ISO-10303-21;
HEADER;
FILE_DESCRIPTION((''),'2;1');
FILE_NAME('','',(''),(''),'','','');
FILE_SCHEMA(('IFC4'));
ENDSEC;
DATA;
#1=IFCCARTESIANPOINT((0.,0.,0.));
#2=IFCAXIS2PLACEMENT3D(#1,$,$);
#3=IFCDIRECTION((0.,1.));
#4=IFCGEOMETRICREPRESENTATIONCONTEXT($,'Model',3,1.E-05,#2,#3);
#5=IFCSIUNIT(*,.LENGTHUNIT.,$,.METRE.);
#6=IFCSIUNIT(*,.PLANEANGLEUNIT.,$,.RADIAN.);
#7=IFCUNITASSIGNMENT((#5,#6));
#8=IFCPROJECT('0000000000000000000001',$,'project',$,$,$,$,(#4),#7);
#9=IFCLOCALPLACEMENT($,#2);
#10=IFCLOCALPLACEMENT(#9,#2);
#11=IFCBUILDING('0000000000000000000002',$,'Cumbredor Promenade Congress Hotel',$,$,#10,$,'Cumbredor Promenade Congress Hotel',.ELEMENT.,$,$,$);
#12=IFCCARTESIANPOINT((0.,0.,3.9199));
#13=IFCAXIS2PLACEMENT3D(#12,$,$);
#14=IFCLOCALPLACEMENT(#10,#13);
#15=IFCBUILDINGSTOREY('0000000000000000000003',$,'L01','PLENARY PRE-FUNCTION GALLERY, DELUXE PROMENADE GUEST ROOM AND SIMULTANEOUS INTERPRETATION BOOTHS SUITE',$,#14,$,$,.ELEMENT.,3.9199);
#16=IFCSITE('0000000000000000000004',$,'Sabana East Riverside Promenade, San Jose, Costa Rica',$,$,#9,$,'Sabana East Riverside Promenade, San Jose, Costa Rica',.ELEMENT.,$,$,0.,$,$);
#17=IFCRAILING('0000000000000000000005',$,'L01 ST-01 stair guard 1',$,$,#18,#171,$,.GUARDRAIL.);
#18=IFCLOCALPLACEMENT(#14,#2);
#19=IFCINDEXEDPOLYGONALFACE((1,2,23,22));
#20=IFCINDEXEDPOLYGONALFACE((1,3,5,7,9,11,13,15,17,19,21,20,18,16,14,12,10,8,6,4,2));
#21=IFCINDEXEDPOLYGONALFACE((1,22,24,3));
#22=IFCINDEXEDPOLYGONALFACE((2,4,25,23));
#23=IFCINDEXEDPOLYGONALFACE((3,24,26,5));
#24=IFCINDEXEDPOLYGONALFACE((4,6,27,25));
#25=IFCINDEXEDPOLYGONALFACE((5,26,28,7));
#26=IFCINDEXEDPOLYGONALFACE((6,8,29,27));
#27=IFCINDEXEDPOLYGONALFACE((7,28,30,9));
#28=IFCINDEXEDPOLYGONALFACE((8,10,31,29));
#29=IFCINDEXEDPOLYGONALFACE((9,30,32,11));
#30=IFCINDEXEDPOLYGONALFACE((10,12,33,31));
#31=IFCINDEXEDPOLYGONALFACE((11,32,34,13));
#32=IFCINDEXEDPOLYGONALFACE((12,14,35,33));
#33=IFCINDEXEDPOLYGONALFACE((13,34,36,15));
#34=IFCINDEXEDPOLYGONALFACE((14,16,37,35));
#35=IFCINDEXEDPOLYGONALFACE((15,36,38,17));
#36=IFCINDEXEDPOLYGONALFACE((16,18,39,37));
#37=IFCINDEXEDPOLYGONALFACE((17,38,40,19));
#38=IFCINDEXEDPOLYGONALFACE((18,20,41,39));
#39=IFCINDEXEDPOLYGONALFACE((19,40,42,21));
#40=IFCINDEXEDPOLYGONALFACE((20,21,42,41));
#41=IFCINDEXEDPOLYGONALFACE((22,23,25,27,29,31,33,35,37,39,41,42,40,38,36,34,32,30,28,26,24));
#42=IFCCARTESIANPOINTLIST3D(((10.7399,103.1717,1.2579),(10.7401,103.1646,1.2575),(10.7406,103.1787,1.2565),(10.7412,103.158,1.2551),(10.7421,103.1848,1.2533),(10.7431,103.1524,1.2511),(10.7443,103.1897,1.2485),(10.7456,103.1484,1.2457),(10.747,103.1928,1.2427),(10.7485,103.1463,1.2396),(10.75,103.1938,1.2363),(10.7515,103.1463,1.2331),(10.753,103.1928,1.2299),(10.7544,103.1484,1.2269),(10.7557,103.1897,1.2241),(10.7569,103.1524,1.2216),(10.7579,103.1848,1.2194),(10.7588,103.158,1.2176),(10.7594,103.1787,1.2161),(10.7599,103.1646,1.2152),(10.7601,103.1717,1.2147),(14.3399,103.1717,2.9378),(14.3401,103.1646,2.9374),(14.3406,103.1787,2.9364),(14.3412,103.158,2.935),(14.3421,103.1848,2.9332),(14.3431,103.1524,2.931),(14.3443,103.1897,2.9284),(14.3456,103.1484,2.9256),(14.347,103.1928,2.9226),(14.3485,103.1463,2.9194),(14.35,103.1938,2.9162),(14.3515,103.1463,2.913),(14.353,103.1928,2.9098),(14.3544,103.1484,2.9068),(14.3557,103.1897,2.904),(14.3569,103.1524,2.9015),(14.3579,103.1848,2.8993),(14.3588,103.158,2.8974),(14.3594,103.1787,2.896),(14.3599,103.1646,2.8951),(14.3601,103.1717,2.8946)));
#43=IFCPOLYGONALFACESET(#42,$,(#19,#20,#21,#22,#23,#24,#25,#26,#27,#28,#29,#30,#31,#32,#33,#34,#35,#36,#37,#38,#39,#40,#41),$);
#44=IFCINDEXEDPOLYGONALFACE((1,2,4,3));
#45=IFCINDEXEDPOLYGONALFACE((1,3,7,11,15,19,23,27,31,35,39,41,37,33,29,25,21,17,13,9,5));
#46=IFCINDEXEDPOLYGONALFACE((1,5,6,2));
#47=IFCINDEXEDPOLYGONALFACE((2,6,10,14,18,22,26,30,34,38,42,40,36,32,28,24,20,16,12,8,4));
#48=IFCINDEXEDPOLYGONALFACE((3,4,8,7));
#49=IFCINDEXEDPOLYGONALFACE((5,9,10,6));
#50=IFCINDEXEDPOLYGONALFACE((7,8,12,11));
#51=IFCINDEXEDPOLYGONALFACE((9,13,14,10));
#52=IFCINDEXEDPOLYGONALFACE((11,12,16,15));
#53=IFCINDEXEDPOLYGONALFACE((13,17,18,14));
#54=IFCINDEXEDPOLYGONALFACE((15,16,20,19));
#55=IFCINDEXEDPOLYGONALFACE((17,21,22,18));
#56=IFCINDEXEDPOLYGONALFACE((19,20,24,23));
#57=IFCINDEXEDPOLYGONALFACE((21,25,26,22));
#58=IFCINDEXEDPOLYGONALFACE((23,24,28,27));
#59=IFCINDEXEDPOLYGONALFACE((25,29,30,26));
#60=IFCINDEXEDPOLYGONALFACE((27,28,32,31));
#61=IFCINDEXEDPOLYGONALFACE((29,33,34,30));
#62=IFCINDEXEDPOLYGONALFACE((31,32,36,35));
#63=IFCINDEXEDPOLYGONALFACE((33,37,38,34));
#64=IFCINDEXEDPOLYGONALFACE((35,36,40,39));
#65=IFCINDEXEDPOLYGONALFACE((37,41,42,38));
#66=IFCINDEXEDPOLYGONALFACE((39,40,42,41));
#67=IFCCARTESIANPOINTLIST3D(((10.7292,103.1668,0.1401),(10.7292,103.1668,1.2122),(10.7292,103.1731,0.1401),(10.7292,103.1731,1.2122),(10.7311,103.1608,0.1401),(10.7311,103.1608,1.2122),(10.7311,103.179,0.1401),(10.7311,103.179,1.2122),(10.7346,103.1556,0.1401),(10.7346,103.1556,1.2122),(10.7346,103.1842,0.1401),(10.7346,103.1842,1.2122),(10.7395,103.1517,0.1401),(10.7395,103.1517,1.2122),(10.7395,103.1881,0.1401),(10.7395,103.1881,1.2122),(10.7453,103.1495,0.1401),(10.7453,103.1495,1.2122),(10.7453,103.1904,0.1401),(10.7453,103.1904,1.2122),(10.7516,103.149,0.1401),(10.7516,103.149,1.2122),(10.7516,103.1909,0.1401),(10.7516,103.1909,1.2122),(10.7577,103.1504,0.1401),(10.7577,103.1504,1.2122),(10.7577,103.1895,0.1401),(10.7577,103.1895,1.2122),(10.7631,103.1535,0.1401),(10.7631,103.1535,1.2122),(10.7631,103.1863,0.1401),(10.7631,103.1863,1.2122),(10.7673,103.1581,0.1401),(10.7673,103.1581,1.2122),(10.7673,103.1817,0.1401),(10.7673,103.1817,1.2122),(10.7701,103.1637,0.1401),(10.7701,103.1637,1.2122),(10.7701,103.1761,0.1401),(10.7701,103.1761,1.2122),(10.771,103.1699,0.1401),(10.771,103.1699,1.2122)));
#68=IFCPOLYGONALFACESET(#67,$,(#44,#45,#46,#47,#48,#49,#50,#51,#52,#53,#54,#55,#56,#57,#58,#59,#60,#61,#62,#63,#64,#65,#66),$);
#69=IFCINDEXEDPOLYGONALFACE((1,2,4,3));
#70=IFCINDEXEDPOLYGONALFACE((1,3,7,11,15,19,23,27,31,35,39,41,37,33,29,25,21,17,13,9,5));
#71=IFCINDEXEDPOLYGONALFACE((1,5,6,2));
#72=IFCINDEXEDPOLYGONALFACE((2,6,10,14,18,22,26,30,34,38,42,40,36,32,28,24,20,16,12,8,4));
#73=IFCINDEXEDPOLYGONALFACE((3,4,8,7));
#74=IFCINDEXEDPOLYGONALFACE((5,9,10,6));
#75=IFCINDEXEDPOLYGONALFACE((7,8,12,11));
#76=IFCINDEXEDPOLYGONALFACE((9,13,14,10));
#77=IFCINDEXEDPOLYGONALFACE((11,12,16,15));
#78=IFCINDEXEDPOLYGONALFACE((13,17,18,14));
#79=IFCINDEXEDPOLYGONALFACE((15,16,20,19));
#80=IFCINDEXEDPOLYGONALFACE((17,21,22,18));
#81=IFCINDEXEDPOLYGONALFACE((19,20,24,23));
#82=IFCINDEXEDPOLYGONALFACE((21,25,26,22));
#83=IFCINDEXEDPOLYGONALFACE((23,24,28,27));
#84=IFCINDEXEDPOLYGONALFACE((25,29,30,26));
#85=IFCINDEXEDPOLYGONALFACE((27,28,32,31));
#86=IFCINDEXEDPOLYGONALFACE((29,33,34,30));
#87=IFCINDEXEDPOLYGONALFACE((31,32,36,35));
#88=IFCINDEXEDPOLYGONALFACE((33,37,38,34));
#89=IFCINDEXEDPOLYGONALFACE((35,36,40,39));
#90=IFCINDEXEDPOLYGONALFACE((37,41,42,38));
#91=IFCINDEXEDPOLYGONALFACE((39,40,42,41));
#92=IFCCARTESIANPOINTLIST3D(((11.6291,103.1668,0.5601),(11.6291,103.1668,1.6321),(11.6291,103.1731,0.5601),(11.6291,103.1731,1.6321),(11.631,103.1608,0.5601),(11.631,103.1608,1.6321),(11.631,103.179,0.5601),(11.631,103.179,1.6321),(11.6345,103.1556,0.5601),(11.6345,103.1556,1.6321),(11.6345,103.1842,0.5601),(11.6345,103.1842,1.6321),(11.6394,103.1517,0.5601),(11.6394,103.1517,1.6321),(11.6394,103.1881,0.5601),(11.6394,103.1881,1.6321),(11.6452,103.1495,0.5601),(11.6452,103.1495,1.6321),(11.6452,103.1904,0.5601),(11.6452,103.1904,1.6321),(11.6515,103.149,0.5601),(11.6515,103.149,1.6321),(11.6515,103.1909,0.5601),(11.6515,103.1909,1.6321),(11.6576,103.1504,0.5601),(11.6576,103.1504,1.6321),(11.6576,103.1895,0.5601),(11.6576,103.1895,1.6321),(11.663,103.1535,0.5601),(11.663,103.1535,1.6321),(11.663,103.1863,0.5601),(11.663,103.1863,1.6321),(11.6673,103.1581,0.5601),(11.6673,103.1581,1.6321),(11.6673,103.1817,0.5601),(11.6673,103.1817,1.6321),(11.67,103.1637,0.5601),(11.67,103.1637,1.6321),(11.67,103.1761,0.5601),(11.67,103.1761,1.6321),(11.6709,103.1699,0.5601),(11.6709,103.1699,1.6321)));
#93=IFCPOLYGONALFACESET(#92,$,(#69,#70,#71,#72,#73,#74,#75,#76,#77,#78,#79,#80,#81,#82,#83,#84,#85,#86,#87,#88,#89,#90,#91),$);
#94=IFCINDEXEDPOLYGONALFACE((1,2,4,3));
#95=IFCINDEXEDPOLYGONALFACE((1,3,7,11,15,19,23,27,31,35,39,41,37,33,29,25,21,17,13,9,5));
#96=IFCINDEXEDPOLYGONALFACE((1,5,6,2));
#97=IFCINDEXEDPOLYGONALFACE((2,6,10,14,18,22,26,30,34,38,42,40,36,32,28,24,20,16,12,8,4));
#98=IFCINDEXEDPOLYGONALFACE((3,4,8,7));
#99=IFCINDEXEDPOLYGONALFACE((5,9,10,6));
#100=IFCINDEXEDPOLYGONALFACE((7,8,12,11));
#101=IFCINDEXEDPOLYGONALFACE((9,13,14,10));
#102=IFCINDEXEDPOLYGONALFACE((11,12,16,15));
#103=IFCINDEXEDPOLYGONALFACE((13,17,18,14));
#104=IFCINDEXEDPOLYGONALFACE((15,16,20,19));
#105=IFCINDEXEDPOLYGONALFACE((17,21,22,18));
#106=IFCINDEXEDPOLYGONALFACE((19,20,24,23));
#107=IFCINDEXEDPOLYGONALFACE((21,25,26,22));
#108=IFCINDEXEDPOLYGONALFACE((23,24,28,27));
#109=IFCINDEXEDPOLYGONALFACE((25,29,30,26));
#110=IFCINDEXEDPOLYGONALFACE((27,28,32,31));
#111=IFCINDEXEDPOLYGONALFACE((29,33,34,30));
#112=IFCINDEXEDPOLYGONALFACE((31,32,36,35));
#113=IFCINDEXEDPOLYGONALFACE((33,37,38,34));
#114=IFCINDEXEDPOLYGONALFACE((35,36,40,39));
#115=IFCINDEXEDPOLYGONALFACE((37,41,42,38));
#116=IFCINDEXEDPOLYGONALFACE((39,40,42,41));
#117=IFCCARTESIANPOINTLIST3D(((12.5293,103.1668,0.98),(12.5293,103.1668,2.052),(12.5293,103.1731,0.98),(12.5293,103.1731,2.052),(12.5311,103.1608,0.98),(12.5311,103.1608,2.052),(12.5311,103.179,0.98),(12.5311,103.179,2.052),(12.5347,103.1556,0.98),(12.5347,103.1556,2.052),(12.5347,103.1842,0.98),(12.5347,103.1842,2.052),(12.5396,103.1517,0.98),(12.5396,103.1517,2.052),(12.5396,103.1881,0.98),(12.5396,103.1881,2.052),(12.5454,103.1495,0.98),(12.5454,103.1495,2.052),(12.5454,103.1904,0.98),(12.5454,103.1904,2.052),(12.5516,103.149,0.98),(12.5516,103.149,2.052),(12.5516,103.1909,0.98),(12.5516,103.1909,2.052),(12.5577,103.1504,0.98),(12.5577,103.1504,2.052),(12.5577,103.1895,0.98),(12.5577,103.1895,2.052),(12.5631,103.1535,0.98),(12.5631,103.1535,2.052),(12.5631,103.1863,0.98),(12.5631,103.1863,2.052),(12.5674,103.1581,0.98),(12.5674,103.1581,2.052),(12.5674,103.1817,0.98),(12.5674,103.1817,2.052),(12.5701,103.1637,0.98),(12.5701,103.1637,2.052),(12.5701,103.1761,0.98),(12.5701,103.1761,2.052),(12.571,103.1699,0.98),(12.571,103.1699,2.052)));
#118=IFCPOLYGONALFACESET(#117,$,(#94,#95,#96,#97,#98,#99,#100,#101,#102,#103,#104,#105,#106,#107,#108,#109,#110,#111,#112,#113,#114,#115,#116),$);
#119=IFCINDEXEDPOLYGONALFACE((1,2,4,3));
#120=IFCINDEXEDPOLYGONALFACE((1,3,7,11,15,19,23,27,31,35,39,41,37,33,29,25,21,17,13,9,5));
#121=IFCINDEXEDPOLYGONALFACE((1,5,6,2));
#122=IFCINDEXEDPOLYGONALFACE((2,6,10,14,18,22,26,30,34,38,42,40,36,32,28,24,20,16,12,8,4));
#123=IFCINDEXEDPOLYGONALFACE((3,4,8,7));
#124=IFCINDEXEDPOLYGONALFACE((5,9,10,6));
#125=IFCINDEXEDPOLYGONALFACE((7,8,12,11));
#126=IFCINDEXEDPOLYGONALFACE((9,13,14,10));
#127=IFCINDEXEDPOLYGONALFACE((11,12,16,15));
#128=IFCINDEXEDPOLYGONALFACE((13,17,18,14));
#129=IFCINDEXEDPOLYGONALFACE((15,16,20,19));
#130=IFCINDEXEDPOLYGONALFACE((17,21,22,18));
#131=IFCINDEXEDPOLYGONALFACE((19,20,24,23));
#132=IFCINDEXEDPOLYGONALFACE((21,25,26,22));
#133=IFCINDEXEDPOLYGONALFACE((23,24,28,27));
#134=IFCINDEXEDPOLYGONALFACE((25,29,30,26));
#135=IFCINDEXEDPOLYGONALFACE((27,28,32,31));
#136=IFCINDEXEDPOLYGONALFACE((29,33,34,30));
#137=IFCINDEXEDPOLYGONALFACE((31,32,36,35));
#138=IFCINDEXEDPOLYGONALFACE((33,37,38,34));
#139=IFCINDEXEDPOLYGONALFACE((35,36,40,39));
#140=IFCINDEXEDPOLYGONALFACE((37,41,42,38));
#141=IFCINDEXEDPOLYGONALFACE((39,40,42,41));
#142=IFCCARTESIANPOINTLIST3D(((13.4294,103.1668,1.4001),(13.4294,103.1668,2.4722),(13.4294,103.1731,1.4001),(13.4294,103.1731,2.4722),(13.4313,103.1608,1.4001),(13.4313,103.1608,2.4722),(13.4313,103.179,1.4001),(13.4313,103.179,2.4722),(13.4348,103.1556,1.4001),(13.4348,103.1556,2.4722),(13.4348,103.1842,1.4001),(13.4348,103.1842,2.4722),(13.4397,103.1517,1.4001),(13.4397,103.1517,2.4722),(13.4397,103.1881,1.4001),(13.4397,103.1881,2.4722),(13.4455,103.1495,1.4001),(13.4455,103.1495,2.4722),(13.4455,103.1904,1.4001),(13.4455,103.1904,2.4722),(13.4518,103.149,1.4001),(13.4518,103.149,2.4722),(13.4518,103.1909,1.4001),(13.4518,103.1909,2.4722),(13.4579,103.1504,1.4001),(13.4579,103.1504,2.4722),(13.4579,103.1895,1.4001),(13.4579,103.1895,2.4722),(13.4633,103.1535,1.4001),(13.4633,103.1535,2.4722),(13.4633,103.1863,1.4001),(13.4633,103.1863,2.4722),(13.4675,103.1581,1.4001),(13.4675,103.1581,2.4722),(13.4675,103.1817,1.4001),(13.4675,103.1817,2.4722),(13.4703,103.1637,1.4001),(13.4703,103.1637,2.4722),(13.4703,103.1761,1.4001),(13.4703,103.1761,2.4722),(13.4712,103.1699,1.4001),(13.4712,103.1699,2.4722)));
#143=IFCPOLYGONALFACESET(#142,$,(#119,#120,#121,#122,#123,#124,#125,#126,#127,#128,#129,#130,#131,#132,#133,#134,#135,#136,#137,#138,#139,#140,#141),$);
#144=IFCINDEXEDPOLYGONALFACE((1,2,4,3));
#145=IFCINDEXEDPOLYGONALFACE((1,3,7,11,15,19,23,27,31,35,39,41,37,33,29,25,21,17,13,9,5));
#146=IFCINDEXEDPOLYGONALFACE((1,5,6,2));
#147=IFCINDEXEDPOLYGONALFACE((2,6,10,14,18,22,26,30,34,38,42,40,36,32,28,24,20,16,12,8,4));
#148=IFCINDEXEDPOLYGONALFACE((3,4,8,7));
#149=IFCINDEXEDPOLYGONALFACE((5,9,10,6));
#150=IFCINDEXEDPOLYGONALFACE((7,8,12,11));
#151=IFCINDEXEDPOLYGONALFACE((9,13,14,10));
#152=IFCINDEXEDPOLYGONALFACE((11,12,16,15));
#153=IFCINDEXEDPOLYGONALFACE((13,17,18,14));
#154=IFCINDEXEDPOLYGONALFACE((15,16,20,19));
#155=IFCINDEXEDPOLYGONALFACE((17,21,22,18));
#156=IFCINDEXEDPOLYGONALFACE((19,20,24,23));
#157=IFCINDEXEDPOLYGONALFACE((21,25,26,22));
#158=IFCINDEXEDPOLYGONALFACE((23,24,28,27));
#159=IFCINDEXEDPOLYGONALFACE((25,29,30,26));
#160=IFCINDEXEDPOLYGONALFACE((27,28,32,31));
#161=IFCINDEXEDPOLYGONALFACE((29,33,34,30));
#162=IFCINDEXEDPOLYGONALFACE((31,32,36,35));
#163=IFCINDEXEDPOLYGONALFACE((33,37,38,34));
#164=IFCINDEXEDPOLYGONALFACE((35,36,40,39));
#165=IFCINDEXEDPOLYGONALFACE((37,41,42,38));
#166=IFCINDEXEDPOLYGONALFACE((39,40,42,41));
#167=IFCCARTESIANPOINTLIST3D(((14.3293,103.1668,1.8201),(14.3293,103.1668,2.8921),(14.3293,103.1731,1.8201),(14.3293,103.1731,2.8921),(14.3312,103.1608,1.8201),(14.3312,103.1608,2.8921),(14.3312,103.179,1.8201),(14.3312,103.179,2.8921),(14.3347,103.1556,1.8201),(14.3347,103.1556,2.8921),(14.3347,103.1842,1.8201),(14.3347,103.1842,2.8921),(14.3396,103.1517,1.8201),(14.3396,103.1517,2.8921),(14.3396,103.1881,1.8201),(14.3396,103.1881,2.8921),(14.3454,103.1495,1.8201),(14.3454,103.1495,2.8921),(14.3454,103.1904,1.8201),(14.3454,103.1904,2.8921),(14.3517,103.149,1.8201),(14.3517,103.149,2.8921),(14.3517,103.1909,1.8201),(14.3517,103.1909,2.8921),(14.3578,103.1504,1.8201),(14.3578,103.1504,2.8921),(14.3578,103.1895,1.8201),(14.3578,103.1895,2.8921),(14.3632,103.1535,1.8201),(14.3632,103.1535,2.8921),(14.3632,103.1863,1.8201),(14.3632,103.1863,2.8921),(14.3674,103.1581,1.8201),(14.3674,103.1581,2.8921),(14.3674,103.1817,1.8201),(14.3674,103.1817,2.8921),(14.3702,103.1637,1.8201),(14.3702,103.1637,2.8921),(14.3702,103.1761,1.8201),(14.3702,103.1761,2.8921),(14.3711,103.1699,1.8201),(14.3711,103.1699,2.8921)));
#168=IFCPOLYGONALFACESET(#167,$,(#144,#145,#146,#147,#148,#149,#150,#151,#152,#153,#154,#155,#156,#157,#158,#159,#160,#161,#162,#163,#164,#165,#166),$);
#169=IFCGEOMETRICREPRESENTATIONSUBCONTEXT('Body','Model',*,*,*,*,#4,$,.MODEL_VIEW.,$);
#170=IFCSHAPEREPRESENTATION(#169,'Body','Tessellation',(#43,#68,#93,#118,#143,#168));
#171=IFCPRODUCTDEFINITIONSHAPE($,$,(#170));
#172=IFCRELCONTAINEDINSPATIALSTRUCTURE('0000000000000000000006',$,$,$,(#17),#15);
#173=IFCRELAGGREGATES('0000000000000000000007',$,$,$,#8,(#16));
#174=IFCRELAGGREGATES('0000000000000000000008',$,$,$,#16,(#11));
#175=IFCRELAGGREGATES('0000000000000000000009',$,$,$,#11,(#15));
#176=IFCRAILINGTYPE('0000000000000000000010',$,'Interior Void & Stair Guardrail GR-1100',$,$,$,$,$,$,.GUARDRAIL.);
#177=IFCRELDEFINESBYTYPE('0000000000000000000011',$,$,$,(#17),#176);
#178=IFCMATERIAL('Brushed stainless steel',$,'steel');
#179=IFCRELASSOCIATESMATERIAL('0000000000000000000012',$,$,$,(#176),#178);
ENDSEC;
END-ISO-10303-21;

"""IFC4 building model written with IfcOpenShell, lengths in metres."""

from ifc_helpers import new_model, si_unit, direction, frame, origin, origin_2d, place, context, subcontext, project, spatial, circle, extrude, material, type_object, element, save


model = new_model("IFC4")

# Units and contexts
model_context = context("Model", 3, precision=1e-05, world=origin(), true_north=direction((0.0, 1.0)))
body_context = subcontext(model_context, "Body", "Model", "MODEL_VIEW")
ifc_project = project(units=[si_unit("LENGTHUNIT", "METRE"), si_unit("PLANEANGLEUNIT", "RADIAN")], contexts=[model_context])

# Site, building, storey
site_placement = place(None, origin())
site = spatial("IfcSite", under=ifc_project, at=site_placement, Name="Sabana East Riverside Promenade, San Jose, Costa Rica", LongName="Sabana East Riverside Promenade, San Jose, Costa Rica", CompositionType="ELEMENT", RefElevation=0.0)
building_placement = place(site_placement, origin())
building = spatial("IfcBuilding", under=site, at=building_placement, Name="Cumbredor Promenade Congress Hotel", LongName="Cumbredor Promenade Congress Hotel", CompositionType="ELEMENT")
storey_placement = place(building_placement, frame((0.0, 0.0, 3.9199)))
storey = spatial("IfcBuildingStorey", under=building, at=storey_placement, Name="L01", Description="PLENARY PRE-FUNCTION GALLERY, DELUXE PROMENADE GUEST ROOM AND SIMULTANEOUS INTERPRETATION BOOTHS SUITE", CompositionType="ELEMENT", Elevation=3.9199)

# Railing
ifc_material_1 = material(Name="Brushed stainless steel", Category="steel")
railing_type_1 = type_object("IfcRailingType", Name="Interior Void & Stair Guardrail GR-1100", PredefinedType="GUARDRAIL", material=ifc_material_1)
railing_1_placement = place(storey_placement, frame((10.75, 103.1699, 0.1401)))
element("IfcRailing", 1, at=railing_1_placement, inside=storey, type_object=railing_type_1, Name="L01 ST-01 stair guard 1", PredefinedType="GUARDRAIL", context=body_context, shape_type="SweptSolid", body=[
    extrude(circle(Radius=0.0239, at=origin_2d()), frame((0.0, 0.0, 1.0962), z_axis=(0.906194, 0.0, 0.422862), x_axis=(0.0, 1.0, 0.0)), (0.0, 0.0, 1.0), 3.9727),
    extrude(circle(Radius=0.021, at=origin_2d()), origin(), (0.0, 0.0, 1.0), 1.072),
    extrude(circle(Radius=0.021, at=origin_2d()), frame((0.8999, 0.0, 0.4199)), (0.0, 0.0, 1.0), 1.072),
    extrude(circle(Radius=0.021, at=origin_2d()), frame((1.8, 0.0, 0.8398)), (0.0, 0.0, 1.0), 1.072),
    extrude(circle(Radius=0.021, at=origin_2d()), frame((2.7002, 0.0, 1.26)), (0.0, 0.0, 1.0), 1.072),
    extrude(circle(Radius=0.021, at=origin_2d()), frame((3.6001, 0.0, 1.6799)), (0.0, 0.0, 1.0), 1.072),
])

save(model, "model.ifc")
